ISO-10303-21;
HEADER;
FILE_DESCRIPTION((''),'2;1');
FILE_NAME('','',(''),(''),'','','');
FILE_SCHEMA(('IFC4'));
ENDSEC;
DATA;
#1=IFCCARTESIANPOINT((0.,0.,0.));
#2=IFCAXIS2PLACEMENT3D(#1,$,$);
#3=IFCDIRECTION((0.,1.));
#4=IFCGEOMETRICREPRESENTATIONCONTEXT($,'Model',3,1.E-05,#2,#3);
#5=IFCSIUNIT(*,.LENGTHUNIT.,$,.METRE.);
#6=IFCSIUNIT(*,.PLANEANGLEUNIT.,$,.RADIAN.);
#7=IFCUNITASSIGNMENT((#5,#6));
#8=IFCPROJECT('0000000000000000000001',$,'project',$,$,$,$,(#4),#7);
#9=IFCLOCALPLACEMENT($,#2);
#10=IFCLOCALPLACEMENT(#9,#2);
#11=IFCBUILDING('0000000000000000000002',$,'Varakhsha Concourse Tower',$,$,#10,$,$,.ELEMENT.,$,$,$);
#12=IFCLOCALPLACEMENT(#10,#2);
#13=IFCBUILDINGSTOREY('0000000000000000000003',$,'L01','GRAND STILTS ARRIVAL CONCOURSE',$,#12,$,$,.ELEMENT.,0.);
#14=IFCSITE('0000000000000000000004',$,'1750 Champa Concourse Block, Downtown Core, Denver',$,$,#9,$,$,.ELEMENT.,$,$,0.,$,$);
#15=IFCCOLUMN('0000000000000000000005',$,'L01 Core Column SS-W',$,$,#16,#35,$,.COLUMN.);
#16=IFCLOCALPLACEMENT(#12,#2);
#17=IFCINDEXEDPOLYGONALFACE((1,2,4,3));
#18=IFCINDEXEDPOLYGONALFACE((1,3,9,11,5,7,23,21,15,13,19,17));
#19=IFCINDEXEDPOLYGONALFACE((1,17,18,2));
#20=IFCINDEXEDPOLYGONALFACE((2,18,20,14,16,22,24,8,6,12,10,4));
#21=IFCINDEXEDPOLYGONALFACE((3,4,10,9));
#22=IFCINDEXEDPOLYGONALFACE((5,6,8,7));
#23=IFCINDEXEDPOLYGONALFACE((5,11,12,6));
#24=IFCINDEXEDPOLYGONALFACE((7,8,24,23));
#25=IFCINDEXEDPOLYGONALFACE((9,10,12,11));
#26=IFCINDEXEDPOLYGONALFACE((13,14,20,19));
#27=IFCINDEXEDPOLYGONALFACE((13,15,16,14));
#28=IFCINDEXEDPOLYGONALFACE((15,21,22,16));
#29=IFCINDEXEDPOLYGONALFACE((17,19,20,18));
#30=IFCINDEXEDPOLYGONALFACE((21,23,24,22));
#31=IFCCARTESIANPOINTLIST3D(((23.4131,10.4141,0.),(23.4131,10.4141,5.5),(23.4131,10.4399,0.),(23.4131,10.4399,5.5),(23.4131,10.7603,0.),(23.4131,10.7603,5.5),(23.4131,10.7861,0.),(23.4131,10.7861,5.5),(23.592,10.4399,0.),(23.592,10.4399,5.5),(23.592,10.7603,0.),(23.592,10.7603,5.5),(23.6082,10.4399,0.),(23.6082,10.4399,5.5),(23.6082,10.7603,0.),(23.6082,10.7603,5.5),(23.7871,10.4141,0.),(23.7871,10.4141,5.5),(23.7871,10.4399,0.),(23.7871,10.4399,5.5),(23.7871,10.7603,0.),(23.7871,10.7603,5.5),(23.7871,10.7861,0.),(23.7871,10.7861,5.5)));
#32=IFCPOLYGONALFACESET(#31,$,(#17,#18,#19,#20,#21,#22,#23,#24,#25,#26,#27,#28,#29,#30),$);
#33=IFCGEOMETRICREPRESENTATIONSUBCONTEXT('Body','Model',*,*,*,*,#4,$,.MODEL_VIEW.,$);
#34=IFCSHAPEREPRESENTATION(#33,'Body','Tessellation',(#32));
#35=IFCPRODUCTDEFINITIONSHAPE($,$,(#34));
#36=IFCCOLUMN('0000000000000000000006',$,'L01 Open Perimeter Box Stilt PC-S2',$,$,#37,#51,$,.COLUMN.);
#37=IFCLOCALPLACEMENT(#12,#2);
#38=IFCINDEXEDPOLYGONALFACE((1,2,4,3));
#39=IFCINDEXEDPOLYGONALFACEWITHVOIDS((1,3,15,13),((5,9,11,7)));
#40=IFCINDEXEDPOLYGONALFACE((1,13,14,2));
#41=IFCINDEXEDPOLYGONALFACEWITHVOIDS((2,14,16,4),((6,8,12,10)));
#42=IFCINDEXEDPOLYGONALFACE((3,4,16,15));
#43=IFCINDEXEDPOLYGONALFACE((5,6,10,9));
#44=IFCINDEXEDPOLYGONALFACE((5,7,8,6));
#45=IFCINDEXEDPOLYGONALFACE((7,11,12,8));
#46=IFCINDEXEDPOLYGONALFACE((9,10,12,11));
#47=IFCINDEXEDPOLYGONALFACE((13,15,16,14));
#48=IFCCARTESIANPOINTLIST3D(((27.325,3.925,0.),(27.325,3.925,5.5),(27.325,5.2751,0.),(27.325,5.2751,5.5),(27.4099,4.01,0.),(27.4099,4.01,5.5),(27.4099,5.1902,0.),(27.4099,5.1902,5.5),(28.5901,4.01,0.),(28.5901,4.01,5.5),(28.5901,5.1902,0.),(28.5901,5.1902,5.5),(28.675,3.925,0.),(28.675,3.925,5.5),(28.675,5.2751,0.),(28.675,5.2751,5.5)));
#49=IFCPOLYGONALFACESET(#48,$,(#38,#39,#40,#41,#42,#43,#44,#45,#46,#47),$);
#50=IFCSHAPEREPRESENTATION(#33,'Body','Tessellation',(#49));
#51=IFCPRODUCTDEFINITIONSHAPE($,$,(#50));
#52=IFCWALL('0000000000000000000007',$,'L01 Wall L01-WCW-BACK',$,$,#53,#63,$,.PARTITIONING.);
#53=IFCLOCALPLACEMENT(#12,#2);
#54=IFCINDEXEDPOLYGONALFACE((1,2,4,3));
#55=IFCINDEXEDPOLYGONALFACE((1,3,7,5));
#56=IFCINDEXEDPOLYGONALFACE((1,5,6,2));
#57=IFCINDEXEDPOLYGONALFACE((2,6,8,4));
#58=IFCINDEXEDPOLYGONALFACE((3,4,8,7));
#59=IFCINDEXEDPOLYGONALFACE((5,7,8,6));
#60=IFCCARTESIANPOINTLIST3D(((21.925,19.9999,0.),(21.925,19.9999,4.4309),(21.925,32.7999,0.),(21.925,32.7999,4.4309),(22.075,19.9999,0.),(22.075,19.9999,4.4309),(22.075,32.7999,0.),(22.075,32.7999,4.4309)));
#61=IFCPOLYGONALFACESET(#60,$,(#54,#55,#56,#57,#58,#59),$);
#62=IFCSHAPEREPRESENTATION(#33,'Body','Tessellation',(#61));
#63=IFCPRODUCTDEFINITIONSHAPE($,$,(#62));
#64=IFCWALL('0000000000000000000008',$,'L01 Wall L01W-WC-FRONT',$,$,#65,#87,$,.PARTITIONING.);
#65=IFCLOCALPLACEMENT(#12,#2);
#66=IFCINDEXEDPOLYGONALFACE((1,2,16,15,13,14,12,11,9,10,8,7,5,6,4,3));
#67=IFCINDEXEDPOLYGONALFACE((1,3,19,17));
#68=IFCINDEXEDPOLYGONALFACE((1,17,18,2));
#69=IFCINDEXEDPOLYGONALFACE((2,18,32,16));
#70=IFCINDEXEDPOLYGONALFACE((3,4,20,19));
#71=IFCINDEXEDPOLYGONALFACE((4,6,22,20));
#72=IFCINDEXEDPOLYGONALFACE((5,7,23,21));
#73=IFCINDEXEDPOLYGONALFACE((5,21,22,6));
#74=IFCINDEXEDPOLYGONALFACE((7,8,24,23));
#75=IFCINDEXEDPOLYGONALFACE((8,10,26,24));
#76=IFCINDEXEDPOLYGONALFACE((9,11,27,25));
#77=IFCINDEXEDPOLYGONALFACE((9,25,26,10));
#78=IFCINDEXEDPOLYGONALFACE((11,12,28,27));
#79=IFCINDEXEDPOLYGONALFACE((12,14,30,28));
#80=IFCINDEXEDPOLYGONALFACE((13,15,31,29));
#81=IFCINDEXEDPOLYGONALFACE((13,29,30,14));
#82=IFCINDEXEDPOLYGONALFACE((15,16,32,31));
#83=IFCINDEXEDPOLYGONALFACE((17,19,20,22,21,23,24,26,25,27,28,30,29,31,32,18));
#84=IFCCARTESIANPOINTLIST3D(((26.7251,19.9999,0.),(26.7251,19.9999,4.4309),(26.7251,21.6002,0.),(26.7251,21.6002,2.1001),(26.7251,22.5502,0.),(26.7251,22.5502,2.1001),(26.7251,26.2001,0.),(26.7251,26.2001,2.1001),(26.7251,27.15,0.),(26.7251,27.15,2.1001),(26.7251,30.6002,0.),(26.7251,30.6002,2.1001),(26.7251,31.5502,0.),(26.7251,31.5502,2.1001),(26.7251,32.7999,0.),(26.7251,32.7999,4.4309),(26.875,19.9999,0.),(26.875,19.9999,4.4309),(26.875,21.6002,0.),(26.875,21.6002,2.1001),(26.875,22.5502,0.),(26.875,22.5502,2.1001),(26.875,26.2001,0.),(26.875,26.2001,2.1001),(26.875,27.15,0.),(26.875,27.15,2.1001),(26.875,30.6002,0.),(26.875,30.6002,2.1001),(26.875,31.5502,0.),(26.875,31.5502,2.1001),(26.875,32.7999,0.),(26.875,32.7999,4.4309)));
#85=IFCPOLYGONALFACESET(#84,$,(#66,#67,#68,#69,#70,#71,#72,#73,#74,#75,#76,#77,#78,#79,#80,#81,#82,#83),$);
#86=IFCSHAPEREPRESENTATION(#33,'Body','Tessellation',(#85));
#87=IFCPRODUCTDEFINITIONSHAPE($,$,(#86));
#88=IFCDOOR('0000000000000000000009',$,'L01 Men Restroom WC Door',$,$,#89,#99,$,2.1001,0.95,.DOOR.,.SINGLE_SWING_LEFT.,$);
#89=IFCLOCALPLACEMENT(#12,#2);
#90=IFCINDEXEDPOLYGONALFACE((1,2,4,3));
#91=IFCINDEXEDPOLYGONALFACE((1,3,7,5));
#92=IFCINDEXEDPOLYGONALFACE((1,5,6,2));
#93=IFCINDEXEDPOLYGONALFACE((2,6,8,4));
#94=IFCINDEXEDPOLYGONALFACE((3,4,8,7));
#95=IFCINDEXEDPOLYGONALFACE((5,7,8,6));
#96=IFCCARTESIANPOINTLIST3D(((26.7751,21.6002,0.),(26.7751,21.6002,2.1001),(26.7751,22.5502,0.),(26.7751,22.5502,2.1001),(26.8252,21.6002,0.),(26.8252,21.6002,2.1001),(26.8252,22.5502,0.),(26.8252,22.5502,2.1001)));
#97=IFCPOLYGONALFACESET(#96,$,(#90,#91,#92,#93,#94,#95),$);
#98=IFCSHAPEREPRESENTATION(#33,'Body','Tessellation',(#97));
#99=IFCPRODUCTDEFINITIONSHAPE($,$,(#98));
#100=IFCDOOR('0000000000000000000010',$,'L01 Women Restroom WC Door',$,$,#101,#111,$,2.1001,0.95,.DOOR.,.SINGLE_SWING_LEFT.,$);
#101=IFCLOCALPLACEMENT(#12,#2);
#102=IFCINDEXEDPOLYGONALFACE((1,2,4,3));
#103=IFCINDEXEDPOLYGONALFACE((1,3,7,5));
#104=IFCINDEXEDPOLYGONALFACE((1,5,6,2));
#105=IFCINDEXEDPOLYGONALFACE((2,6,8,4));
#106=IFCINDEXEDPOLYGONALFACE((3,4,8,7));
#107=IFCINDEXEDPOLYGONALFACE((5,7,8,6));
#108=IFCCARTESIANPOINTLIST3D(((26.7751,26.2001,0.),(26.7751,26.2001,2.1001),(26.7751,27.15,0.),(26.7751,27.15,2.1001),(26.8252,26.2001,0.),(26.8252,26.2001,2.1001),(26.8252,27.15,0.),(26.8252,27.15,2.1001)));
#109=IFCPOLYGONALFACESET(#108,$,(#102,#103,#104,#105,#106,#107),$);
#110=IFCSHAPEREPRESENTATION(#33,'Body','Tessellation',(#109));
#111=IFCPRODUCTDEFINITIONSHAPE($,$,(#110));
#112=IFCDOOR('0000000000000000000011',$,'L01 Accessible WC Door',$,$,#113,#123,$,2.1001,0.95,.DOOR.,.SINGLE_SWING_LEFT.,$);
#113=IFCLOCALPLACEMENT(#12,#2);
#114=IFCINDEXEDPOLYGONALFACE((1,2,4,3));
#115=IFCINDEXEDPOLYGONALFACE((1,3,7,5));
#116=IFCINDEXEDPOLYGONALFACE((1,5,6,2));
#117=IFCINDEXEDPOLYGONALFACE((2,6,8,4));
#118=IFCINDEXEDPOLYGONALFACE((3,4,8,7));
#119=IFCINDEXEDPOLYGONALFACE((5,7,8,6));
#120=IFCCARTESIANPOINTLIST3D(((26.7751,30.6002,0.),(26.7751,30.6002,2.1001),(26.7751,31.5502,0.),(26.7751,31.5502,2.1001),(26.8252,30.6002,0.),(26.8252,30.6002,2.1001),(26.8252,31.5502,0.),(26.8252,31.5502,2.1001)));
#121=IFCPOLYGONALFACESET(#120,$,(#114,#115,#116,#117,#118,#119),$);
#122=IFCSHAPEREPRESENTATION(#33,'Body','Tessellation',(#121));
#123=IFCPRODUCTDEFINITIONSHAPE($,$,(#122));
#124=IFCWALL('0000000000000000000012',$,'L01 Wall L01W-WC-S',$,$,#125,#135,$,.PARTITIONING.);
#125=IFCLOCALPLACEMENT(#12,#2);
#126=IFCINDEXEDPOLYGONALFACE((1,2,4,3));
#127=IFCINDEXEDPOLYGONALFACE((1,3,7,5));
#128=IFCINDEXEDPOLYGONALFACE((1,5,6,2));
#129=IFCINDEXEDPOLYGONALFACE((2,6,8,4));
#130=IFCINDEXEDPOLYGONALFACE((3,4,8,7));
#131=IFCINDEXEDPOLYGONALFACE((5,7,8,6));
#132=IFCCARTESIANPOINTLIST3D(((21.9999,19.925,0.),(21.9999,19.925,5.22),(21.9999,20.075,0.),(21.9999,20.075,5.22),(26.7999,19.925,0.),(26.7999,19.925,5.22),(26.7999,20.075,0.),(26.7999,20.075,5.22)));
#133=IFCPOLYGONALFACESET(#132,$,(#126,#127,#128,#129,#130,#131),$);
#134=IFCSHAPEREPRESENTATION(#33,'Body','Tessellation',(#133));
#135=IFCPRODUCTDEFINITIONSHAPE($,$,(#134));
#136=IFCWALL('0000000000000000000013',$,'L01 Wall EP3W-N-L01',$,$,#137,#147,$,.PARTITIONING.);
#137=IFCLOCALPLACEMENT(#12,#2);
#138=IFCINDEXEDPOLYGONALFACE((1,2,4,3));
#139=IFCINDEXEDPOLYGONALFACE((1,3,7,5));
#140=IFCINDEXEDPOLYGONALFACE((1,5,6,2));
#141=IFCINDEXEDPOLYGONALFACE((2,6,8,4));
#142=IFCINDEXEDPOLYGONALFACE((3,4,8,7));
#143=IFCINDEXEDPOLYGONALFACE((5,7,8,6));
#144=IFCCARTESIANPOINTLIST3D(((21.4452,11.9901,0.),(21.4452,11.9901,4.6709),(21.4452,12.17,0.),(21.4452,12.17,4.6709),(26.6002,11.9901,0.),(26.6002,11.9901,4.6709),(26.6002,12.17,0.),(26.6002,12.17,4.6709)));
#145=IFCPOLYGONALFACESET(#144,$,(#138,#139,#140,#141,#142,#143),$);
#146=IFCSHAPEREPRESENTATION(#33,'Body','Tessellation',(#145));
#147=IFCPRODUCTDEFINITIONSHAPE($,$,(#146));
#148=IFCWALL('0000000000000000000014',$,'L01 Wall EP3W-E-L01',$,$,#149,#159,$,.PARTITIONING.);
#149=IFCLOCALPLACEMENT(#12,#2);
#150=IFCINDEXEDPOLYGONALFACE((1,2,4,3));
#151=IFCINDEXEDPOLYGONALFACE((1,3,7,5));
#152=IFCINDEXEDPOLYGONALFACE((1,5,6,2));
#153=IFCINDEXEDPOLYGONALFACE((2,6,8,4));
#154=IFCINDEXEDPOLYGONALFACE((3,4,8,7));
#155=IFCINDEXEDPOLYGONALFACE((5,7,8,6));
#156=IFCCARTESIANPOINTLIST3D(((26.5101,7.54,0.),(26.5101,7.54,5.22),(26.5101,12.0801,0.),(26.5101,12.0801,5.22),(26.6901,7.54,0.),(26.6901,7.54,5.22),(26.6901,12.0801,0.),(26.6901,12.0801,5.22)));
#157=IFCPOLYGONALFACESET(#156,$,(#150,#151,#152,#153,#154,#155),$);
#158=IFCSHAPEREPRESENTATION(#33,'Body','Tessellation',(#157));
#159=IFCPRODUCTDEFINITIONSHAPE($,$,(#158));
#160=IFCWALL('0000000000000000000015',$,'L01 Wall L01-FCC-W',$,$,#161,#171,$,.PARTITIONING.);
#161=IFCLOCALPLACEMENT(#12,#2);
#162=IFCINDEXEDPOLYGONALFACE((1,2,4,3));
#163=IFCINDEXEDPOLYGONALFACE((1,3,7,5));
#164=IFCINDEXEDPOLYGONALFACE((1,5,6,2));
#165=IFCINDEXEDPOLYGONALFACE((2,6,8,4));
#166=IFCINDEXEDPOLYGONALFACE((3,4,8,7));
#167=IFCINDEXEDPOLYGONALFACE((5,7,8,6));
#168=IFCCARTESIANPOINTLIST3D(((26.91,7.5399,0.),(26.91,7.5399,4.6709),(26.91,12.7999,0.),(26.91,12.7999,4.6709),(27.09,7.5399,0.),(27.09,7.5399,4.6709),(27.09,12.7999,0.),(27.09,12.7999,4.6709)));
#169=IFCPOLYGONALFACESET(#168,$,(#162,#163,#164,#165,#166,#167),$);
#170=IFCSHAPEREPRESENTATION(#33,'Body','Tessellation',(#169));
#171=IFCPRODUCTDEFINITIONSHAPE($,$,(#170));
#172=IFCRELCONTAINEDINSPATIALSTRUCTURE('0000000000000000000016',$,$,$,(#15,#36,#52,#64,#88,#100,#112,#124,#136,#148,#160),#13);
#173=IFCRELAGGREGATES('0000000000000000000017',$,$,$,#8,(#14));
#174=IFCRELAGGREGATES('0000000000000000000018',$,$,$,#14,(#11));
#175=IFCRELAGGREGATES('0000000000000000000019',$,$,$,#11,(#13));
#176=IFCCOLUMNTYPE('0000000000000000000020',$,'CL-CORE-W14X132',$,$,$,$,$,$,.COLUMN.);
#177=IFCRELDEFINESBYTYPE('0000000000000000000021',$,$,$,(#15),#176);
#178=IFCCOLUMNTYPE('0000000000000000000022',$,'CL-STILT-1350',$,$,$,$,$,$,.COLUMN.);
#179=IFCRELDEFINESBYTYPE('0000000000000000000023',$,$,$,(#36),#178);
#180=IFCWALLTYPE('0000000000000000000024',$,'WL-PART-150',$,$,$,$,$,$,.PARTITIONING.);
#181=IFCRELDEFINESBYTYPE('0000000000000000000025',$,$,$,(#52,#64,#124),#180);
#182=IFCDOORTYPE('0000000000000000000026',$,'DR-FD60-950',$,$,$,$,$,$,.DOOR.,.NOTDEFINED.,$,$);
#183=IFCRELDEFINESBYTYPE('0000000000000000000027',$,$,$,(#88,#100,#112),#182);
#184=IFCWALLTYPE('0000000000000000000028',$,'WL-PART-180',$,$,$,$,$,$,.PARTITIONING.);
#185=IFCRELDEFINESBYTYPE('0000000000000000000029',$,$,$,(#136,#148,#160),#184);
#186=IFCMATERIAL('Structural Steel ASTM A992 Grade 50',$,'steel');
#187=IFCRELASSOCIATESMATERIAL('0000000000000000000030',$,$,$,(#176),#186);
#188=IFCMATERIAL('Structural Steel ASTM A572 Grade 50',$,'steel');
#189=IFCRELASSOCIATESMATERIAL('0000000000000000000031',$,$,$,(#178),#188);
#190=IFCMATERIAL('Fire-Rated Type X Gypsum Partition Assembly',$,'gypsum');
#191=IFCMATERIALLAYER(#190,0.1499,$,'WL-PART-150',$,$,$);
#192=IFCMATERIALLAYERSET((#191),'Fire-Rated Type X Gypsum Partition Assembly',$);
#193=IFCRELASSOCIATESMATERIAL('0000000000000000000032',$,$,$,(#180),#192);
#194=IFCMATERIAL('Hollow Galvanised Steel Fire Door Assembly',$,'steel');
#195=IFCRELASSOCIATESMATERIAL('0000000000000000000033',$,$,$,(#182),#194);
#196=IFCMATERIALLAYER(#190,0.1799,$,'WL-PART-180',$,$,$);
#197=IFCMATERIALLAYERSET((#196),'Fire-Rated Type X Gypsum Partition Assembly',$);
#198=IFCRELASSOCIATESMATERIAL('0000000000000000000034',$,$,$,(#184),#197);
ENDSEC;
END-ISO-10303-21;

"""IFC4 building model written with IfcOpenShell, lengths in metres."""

from ifc_helpers import new_model, si_unit, direction, frame, frame_2d, origin, origin_2d, place, context, subcontext, project, spatial, rectangle, hollow_rectangle, i_section, extrude, material, layer, layer_set, material_profile, profile_set, type_object, element, fill, save


model = new_model("IFC4")

# Units and contexts
model_context = context("Model", 3, precision=1e-05, world=origin(), true_north=direction((0.0, 1.0)))
body_context = subcontext(model_context, "Body", "Model", "MODEL_VIEW")
ifc_project = project(units=[si_unit("LENGTHUNIT", "METRE"), si_unit("PLANEANGLEUNIT", "RADIAN")], contexts=[model_context])

# Site, building, storey
site_placement = place(None, origin())
site = spatial("IfcSite", under=ifc_project, at=site_placement, Name="1750 Champa Concourse Block, Downtown Core, Denver", CompositionType="ELEMENT", RefElevation=0.0)
building_placement = place(site_placement, origin())
building = spatial("IfcBuilding", under=site, at=building_placement, Name="Varakhsha Concourse Tower", CompositionType="ELEMENT")
storey_placement = place(building_placement, origin())
storey = spatial("IfcBuildingStorey", under=building, at=storey_placement, Name="L01", Description="GRAND STILTS ARRIVAL CONCOURSE", CompositionType="ELEMENT", Elevation=0.0)

# Columns
ifc_material_1 = material(Name="Structural Steel ASTM A992 Grade 50", Category="steel")
ifc_material_profile_1 = material_profile(ifc_material_1, i_section(OverallWidth=0.374, OverallDepth=0.3721, WebThickness=0.0161, FlangeThickness=0.0259, at=origin_2d()), Name="W14X132")
ifc_profile_set_1 = profile_set([ifc_material_profile_1], Name="Structural Steel ASTM A992 Grade 50")
column_type_1 = type_object("IfcColumnType", Name="CL-CORE-W14X132", PredefinedType="COLUMN", material=ifc_profile_set_1)
column_1_placement = place(storey_placement, frame((23.6001, 10.6001, 0.0), z_axis=(0.0, 0.0, 1.0), x_axis=(1.0, 0.0, 0.0)))
element("IfcColumn", 1, at=column_1_placement, inside=storey, type_object=column_type_1, Name="L01 Core Column SS-W", PredefinedType="COLUMN", context=body_context, shape_type="SweptSolid", body=[
    extrude(i_section(OverallWidth=0.374, OverallDepth=0.3721, WebThickness=0.0161, FlangeThickness=0.0259, at=origin_2d()), origin(), (0.0, 0.0, 1.0), 5.5),
])
ifc_material_2 = material(Name="Structural Steel ASTM A572 Grade 50", Category="steel")
ifc_material_profile_2 = material_profile(ifc_material_2, hollow_rectangle(XDim=1.3501, YDim=1.3501, WallThickness=0.085, at=origin_2d()), Name="BOX 1350x1350x85")
ifc_profile_set_2 = profile_set([ifc_material_profile_2], Name="Structural Steel ASTM A572 Grade 50")
column_type_2 = type_object("IfcColumnType", Name="CL-STILT-1350", PredefinedType="COLUMN", material=ifc_profile_set_2)
column_2_placement = place(storey_placement, frame((28.0, 4.6001, 0.0), z_axis=(0.0, 0.0, 1.0), x_axis=(1.0, 0.0, 0.0)))
element("IfcColumn", 2, at=column_2_placement, inside=storey, type_object=column_type_2, Name="L01 Open Perimeter Box Stilt PC-S2", PredefinedType="COLUMN", context=body_context, shape_type="SweptSolid", body=[
    extrude(hollow_rectangle(XDim=1.3501, YDim=1.3501, WallThickness=0.085, at=origin_2d()), origin(), (0.0, 0.0, 1.0), 5.5),
])

# Wall
ifc_material_3 = material(Name="Fire-Rated Type X Gypsum Partition Assembly", Category="gypsum")
ifc_layer_1 = layer(ifc_material_3, 0.1499, Name="WL-PART-150")
ifc_layer_set_1 = layer_set([ifc_layer_1], Name="Fire-Rated Type X Gypsum Partition Assembly")
wall_type_1 = type_object("IfcWallType", Name="WL-PART-150", PredefinedType="PARTITIONING", material=ifc_layer_set_1)
wall_1_placement = place(storey_placement, frame((22.0, 20.0, 0.0), z_axis=(0.0, 0.0, 1.0), x_axis=(0.0, 1.0, 0.0)))
element("IfcWall", 3, at=wall_1_placement, inside=storey, type_object=wall_type_1, Name="L01 Wall L01-WCW-BACK", PredefinedType="PARTITIONING", context=body_context, shape_type="SweptSolid", body=[
    extrude(rectangle(XDim=12.8, YDim=0.1499, at=frame_2d((6.3999, 0.0))), origin(), (0.0, 0.0, 1.0), 4.4309),
])

# Wall, openings, doors
wall_2_placement = place(storey_placement, frame((26.8, 20.0, 0.0), z_axis=(0.0, 0.0, 1.0), x_axis=(0.0, 1.0, 0.0)))
wall_2 = element("IfcWall", 4, at=wall_2_placement, inside=storey, type_object=wall_type_1, Name="L01 Wall L01W-WC-FRONT", PredefinedType="PARTITIONING", context=body_context, shape_type="SweptSolid", body=[
    extrude(rectangle(XDim=12.8, YDim=0.1499, at=frame_2d((6.3999, 0.0))), origin(), (0.0, 0.0, 1.0), 4.4309),
])
opening_1_placement = place(wall_2_placement, frame((1.6001, 0.0, 0.0)))
opening_1 = element("IfcOpeningElement", 5, at=opening_1_placement, cuts=wall_2, PredefinedType="OPENING", context=body_context, shape_type="SweptSolid", body=[
    extrude(rectangle(XDim=0.95, YDim=2.1001, at=frame_2d((0.4751, 1.05))), frame((0.0, 0.085, 0.0), z_axis=(0.0, -1.0, 0.0), x_axis=(1.0, 0.0, 0.0)), (0.0, 0.0, 1.0), 0.1699),
])
opening_2_placement = place(wall_2_placement, frame((6.2, 0.0, 0.0)))
opening_2 = element("IfcOpeningElement", 6, at=opening_2_placement, cuts=wall_2, PredefinedType="OPENING", context=body_context, shape_type="SweptSolid", body=[
    extrude(rectangle(XDim=0.95, YDim=2.1001, at=frame_2d((0.4751, 1.05))), frame((0.0, 0.085, 0.0), z_axis=(0.0, -1.0, 0.0), x_axis=(1.0, 0.0, 0.0)), (0.0, 0.0, 1.0), 0.1699),
])
opening_3_placement = place(wall_2_placement, frame((10.6001, 0.0, 0.0)))
opening_3 = element("IfcOpeningElement", 7, at=opening_3_placement, cuts=wall_2, PredefinedType="OPENING", context=body_context, shape_type="SweptSolid", body=[
    extrude(rectangle(XDim=0.95, YDim=2.1001, at=frame_2d((0.4751, 1.05))), frame((0.0, 0.085, 0.0), z_axis=(0.0, -1.0, 0.0), x_axis=(1.0, 0.0, 0.0)), (0.0, 0.0, 1.0), 0.1699),
])
ifc_material_4 = material(Name="Hollow Galvanised Steel Fire Door Assembly", Category="steel")
door_type_1 = type_object("IfcDoorType", Name="DR-FD60-950", OperationType="NOTDEFINED", PredefinedType="DOOR", material=ifc_material_4)
door_1_placement = place(opening_1_placement, origin())
door_1 = element("IfcDoor", 8, at=door_1_placement, inside=storey, type_object=door_type_1, Name="L01 Men Restroom WC Door", OperationType="SINGLE_SWING_LEFT", OverallHeight=2.1001, OverallWidth=0.95, PredefinedType="DOOR", context=body_context, shape_type="SweptSolid", body=[
    extrude(rectangle(XDim=0.95, YDim=2.1001, at=frame_2d((0.4751, 1.05))), frame((0.0, 0.0249, 0.0), z_axis=(0.0, -1.0, 0.0), x_axis=(1.0, 0.0, 0.0)), (0.0, 0.0, 1.0), 0.05),
])
fill(opening_1, door_1)
door_2_placement = place(opening_2_placement, origin())
door_2 = element("IfcDoor", 9, at=door_2_placement, inside=storey, type_object=door_type_1, Name="L01 Women Restroom WC Door", OperationType="SINGLE_SWING_LEFT", OverallHeight=2.1001, OverallWidth=0.95, PredefinedType="DOOR", context=body_context, shape_type="SweptSolid", body=[
    extrude(rectangle(XDim=0.95, YDim=2.1001, at=frame_2d((0.4751, 1.05))), frame((0.0, 0.0249, 0.0), z_axis=(0.0, -1.0, 0.0), x_axis=(1.0, 0.0, 0.0)), (0.0, 0.0, 1.0), 0.05),
])
fill(opening_2, door_2)
door_3_placement = place(opening_3_placement, origin())
door_3 = element("IfcDoor", 10, at=door_3_placement, inside=storey, type_object=door_type_1, Name="L01 Accessible WC Door", OperationType="SINGLE_SWING_LEFT", OverallHeight=2.1001, OverallWidth=0.95, PredefinedType="DOOR", context=body_context, shape_type="SweptSolid", body=[
    extrude(rectangle(XDim=0.95, YDim=2.1001, at=frame_2d((0.4751, 1.05))), frame((0.0, 0.0249, 0.0), z_axis=(0.0, -1.0, 0.0), x_axis=(1.0, 0.0, 0.0)), (0.0, 0.0, 1.0), 0.05),
])
fill(opening_3, door_3)

# Walls
wall_3_placement = place(storey_placement, frame((22.0, 20.0, 0.0), z_axis=(0.0, 0.0, 1.0), x_axis=(1.0, 0.0, 0.0)))
element("IfcWall", 11, at=wall_3_placement, inside=storey, type_object=wall_type_1, Name="L01 Wall L01W-WC-S", PredefinedType="PARTITIONING", context=body_context, shape_type="SweptSolid", body=[
    extrude(rectangle(XDim=4.8, YDim=0.1499, at=frame_2d((2.3999, 0.0))), origin(), (0.0, 0.0, 1.0), 5.22),
])
ifc_layer_2 = layer(ifc_material_3, 0.1799, Name="WL-PART-180")
ifc_layer_set_2 = layer_set([ifc_layer_2], Name="Fire-Rated Type X Gypsum Partition Assembly")
wall_type_2 = type_object("IfcWallType", Name="WL-PART-180", PredefinedType="PARTITIONING", material=ifc_layer_set_2)
wall_4_placement = place(storey_placement, frame((21.4451, 12.0801, 0.0), z_axis=(0.0, 0.0, 1.0), x_axis=(1.0, 0.0, 0.0)))
element("IfcWall", 12, at=wall_4_placement, inside=storey, type_object=wall_type_2, Name="L01 Wall EP3W-N-L01", PredefinedType="PARTITIONING", context=body_context, shape_type="SweptSolid", body=[
    extrude(rectangle(XDim=5.155, YDim=0.1799, at=frame_2d((2.5776, 0.0))), origin(), (0.0, 0.0, 1.0), 4.6709),
])
wall_5_placement = place(storey_placement, frame((26.6001, 7.54, 0.0), z_axis=(0.0, 0.0, 1.0), x_axis=(0.0, 1.0, 0.0)))
element("IfcWall", 13, at=wall_5_placement, inside=storey, type_object=wall_type_2, Name="L01 Wall EP3W-E-L01", PredefinedType="PARTITIONING", context=body_context, shape_type="SweptSolid", body=[
    extrude(rectangle(XDim=4.54, YDim=0.1799, at=frame_2d((2.27, 0.0))), origin(), (0.0, 0.0, 1.0), 5.22),
])
wall_6_placement = place(storey_placement, frame((27.0, 7.54, 0.0), z_axis=(0.0, 0.0, 1.0), x_axis=(0.0, 1.0, 0.0)))
element("IfcWall", 14, at=wall_6_placement, inside=storey, type_object=wall_type_2, Name="L01 Wall L01-FCC-W", PredefinedType="PARTITIONING", context=body_context, shape_type="SweptSolid", body=[
    extrude(rectangle(XDim=5.26, YDim=0.1799, at=frame_2d((2.6299, 0.0))), origin(), (0.0, 0.0, 1.0), 4.6709),
])

save(model, "model.ifc")
